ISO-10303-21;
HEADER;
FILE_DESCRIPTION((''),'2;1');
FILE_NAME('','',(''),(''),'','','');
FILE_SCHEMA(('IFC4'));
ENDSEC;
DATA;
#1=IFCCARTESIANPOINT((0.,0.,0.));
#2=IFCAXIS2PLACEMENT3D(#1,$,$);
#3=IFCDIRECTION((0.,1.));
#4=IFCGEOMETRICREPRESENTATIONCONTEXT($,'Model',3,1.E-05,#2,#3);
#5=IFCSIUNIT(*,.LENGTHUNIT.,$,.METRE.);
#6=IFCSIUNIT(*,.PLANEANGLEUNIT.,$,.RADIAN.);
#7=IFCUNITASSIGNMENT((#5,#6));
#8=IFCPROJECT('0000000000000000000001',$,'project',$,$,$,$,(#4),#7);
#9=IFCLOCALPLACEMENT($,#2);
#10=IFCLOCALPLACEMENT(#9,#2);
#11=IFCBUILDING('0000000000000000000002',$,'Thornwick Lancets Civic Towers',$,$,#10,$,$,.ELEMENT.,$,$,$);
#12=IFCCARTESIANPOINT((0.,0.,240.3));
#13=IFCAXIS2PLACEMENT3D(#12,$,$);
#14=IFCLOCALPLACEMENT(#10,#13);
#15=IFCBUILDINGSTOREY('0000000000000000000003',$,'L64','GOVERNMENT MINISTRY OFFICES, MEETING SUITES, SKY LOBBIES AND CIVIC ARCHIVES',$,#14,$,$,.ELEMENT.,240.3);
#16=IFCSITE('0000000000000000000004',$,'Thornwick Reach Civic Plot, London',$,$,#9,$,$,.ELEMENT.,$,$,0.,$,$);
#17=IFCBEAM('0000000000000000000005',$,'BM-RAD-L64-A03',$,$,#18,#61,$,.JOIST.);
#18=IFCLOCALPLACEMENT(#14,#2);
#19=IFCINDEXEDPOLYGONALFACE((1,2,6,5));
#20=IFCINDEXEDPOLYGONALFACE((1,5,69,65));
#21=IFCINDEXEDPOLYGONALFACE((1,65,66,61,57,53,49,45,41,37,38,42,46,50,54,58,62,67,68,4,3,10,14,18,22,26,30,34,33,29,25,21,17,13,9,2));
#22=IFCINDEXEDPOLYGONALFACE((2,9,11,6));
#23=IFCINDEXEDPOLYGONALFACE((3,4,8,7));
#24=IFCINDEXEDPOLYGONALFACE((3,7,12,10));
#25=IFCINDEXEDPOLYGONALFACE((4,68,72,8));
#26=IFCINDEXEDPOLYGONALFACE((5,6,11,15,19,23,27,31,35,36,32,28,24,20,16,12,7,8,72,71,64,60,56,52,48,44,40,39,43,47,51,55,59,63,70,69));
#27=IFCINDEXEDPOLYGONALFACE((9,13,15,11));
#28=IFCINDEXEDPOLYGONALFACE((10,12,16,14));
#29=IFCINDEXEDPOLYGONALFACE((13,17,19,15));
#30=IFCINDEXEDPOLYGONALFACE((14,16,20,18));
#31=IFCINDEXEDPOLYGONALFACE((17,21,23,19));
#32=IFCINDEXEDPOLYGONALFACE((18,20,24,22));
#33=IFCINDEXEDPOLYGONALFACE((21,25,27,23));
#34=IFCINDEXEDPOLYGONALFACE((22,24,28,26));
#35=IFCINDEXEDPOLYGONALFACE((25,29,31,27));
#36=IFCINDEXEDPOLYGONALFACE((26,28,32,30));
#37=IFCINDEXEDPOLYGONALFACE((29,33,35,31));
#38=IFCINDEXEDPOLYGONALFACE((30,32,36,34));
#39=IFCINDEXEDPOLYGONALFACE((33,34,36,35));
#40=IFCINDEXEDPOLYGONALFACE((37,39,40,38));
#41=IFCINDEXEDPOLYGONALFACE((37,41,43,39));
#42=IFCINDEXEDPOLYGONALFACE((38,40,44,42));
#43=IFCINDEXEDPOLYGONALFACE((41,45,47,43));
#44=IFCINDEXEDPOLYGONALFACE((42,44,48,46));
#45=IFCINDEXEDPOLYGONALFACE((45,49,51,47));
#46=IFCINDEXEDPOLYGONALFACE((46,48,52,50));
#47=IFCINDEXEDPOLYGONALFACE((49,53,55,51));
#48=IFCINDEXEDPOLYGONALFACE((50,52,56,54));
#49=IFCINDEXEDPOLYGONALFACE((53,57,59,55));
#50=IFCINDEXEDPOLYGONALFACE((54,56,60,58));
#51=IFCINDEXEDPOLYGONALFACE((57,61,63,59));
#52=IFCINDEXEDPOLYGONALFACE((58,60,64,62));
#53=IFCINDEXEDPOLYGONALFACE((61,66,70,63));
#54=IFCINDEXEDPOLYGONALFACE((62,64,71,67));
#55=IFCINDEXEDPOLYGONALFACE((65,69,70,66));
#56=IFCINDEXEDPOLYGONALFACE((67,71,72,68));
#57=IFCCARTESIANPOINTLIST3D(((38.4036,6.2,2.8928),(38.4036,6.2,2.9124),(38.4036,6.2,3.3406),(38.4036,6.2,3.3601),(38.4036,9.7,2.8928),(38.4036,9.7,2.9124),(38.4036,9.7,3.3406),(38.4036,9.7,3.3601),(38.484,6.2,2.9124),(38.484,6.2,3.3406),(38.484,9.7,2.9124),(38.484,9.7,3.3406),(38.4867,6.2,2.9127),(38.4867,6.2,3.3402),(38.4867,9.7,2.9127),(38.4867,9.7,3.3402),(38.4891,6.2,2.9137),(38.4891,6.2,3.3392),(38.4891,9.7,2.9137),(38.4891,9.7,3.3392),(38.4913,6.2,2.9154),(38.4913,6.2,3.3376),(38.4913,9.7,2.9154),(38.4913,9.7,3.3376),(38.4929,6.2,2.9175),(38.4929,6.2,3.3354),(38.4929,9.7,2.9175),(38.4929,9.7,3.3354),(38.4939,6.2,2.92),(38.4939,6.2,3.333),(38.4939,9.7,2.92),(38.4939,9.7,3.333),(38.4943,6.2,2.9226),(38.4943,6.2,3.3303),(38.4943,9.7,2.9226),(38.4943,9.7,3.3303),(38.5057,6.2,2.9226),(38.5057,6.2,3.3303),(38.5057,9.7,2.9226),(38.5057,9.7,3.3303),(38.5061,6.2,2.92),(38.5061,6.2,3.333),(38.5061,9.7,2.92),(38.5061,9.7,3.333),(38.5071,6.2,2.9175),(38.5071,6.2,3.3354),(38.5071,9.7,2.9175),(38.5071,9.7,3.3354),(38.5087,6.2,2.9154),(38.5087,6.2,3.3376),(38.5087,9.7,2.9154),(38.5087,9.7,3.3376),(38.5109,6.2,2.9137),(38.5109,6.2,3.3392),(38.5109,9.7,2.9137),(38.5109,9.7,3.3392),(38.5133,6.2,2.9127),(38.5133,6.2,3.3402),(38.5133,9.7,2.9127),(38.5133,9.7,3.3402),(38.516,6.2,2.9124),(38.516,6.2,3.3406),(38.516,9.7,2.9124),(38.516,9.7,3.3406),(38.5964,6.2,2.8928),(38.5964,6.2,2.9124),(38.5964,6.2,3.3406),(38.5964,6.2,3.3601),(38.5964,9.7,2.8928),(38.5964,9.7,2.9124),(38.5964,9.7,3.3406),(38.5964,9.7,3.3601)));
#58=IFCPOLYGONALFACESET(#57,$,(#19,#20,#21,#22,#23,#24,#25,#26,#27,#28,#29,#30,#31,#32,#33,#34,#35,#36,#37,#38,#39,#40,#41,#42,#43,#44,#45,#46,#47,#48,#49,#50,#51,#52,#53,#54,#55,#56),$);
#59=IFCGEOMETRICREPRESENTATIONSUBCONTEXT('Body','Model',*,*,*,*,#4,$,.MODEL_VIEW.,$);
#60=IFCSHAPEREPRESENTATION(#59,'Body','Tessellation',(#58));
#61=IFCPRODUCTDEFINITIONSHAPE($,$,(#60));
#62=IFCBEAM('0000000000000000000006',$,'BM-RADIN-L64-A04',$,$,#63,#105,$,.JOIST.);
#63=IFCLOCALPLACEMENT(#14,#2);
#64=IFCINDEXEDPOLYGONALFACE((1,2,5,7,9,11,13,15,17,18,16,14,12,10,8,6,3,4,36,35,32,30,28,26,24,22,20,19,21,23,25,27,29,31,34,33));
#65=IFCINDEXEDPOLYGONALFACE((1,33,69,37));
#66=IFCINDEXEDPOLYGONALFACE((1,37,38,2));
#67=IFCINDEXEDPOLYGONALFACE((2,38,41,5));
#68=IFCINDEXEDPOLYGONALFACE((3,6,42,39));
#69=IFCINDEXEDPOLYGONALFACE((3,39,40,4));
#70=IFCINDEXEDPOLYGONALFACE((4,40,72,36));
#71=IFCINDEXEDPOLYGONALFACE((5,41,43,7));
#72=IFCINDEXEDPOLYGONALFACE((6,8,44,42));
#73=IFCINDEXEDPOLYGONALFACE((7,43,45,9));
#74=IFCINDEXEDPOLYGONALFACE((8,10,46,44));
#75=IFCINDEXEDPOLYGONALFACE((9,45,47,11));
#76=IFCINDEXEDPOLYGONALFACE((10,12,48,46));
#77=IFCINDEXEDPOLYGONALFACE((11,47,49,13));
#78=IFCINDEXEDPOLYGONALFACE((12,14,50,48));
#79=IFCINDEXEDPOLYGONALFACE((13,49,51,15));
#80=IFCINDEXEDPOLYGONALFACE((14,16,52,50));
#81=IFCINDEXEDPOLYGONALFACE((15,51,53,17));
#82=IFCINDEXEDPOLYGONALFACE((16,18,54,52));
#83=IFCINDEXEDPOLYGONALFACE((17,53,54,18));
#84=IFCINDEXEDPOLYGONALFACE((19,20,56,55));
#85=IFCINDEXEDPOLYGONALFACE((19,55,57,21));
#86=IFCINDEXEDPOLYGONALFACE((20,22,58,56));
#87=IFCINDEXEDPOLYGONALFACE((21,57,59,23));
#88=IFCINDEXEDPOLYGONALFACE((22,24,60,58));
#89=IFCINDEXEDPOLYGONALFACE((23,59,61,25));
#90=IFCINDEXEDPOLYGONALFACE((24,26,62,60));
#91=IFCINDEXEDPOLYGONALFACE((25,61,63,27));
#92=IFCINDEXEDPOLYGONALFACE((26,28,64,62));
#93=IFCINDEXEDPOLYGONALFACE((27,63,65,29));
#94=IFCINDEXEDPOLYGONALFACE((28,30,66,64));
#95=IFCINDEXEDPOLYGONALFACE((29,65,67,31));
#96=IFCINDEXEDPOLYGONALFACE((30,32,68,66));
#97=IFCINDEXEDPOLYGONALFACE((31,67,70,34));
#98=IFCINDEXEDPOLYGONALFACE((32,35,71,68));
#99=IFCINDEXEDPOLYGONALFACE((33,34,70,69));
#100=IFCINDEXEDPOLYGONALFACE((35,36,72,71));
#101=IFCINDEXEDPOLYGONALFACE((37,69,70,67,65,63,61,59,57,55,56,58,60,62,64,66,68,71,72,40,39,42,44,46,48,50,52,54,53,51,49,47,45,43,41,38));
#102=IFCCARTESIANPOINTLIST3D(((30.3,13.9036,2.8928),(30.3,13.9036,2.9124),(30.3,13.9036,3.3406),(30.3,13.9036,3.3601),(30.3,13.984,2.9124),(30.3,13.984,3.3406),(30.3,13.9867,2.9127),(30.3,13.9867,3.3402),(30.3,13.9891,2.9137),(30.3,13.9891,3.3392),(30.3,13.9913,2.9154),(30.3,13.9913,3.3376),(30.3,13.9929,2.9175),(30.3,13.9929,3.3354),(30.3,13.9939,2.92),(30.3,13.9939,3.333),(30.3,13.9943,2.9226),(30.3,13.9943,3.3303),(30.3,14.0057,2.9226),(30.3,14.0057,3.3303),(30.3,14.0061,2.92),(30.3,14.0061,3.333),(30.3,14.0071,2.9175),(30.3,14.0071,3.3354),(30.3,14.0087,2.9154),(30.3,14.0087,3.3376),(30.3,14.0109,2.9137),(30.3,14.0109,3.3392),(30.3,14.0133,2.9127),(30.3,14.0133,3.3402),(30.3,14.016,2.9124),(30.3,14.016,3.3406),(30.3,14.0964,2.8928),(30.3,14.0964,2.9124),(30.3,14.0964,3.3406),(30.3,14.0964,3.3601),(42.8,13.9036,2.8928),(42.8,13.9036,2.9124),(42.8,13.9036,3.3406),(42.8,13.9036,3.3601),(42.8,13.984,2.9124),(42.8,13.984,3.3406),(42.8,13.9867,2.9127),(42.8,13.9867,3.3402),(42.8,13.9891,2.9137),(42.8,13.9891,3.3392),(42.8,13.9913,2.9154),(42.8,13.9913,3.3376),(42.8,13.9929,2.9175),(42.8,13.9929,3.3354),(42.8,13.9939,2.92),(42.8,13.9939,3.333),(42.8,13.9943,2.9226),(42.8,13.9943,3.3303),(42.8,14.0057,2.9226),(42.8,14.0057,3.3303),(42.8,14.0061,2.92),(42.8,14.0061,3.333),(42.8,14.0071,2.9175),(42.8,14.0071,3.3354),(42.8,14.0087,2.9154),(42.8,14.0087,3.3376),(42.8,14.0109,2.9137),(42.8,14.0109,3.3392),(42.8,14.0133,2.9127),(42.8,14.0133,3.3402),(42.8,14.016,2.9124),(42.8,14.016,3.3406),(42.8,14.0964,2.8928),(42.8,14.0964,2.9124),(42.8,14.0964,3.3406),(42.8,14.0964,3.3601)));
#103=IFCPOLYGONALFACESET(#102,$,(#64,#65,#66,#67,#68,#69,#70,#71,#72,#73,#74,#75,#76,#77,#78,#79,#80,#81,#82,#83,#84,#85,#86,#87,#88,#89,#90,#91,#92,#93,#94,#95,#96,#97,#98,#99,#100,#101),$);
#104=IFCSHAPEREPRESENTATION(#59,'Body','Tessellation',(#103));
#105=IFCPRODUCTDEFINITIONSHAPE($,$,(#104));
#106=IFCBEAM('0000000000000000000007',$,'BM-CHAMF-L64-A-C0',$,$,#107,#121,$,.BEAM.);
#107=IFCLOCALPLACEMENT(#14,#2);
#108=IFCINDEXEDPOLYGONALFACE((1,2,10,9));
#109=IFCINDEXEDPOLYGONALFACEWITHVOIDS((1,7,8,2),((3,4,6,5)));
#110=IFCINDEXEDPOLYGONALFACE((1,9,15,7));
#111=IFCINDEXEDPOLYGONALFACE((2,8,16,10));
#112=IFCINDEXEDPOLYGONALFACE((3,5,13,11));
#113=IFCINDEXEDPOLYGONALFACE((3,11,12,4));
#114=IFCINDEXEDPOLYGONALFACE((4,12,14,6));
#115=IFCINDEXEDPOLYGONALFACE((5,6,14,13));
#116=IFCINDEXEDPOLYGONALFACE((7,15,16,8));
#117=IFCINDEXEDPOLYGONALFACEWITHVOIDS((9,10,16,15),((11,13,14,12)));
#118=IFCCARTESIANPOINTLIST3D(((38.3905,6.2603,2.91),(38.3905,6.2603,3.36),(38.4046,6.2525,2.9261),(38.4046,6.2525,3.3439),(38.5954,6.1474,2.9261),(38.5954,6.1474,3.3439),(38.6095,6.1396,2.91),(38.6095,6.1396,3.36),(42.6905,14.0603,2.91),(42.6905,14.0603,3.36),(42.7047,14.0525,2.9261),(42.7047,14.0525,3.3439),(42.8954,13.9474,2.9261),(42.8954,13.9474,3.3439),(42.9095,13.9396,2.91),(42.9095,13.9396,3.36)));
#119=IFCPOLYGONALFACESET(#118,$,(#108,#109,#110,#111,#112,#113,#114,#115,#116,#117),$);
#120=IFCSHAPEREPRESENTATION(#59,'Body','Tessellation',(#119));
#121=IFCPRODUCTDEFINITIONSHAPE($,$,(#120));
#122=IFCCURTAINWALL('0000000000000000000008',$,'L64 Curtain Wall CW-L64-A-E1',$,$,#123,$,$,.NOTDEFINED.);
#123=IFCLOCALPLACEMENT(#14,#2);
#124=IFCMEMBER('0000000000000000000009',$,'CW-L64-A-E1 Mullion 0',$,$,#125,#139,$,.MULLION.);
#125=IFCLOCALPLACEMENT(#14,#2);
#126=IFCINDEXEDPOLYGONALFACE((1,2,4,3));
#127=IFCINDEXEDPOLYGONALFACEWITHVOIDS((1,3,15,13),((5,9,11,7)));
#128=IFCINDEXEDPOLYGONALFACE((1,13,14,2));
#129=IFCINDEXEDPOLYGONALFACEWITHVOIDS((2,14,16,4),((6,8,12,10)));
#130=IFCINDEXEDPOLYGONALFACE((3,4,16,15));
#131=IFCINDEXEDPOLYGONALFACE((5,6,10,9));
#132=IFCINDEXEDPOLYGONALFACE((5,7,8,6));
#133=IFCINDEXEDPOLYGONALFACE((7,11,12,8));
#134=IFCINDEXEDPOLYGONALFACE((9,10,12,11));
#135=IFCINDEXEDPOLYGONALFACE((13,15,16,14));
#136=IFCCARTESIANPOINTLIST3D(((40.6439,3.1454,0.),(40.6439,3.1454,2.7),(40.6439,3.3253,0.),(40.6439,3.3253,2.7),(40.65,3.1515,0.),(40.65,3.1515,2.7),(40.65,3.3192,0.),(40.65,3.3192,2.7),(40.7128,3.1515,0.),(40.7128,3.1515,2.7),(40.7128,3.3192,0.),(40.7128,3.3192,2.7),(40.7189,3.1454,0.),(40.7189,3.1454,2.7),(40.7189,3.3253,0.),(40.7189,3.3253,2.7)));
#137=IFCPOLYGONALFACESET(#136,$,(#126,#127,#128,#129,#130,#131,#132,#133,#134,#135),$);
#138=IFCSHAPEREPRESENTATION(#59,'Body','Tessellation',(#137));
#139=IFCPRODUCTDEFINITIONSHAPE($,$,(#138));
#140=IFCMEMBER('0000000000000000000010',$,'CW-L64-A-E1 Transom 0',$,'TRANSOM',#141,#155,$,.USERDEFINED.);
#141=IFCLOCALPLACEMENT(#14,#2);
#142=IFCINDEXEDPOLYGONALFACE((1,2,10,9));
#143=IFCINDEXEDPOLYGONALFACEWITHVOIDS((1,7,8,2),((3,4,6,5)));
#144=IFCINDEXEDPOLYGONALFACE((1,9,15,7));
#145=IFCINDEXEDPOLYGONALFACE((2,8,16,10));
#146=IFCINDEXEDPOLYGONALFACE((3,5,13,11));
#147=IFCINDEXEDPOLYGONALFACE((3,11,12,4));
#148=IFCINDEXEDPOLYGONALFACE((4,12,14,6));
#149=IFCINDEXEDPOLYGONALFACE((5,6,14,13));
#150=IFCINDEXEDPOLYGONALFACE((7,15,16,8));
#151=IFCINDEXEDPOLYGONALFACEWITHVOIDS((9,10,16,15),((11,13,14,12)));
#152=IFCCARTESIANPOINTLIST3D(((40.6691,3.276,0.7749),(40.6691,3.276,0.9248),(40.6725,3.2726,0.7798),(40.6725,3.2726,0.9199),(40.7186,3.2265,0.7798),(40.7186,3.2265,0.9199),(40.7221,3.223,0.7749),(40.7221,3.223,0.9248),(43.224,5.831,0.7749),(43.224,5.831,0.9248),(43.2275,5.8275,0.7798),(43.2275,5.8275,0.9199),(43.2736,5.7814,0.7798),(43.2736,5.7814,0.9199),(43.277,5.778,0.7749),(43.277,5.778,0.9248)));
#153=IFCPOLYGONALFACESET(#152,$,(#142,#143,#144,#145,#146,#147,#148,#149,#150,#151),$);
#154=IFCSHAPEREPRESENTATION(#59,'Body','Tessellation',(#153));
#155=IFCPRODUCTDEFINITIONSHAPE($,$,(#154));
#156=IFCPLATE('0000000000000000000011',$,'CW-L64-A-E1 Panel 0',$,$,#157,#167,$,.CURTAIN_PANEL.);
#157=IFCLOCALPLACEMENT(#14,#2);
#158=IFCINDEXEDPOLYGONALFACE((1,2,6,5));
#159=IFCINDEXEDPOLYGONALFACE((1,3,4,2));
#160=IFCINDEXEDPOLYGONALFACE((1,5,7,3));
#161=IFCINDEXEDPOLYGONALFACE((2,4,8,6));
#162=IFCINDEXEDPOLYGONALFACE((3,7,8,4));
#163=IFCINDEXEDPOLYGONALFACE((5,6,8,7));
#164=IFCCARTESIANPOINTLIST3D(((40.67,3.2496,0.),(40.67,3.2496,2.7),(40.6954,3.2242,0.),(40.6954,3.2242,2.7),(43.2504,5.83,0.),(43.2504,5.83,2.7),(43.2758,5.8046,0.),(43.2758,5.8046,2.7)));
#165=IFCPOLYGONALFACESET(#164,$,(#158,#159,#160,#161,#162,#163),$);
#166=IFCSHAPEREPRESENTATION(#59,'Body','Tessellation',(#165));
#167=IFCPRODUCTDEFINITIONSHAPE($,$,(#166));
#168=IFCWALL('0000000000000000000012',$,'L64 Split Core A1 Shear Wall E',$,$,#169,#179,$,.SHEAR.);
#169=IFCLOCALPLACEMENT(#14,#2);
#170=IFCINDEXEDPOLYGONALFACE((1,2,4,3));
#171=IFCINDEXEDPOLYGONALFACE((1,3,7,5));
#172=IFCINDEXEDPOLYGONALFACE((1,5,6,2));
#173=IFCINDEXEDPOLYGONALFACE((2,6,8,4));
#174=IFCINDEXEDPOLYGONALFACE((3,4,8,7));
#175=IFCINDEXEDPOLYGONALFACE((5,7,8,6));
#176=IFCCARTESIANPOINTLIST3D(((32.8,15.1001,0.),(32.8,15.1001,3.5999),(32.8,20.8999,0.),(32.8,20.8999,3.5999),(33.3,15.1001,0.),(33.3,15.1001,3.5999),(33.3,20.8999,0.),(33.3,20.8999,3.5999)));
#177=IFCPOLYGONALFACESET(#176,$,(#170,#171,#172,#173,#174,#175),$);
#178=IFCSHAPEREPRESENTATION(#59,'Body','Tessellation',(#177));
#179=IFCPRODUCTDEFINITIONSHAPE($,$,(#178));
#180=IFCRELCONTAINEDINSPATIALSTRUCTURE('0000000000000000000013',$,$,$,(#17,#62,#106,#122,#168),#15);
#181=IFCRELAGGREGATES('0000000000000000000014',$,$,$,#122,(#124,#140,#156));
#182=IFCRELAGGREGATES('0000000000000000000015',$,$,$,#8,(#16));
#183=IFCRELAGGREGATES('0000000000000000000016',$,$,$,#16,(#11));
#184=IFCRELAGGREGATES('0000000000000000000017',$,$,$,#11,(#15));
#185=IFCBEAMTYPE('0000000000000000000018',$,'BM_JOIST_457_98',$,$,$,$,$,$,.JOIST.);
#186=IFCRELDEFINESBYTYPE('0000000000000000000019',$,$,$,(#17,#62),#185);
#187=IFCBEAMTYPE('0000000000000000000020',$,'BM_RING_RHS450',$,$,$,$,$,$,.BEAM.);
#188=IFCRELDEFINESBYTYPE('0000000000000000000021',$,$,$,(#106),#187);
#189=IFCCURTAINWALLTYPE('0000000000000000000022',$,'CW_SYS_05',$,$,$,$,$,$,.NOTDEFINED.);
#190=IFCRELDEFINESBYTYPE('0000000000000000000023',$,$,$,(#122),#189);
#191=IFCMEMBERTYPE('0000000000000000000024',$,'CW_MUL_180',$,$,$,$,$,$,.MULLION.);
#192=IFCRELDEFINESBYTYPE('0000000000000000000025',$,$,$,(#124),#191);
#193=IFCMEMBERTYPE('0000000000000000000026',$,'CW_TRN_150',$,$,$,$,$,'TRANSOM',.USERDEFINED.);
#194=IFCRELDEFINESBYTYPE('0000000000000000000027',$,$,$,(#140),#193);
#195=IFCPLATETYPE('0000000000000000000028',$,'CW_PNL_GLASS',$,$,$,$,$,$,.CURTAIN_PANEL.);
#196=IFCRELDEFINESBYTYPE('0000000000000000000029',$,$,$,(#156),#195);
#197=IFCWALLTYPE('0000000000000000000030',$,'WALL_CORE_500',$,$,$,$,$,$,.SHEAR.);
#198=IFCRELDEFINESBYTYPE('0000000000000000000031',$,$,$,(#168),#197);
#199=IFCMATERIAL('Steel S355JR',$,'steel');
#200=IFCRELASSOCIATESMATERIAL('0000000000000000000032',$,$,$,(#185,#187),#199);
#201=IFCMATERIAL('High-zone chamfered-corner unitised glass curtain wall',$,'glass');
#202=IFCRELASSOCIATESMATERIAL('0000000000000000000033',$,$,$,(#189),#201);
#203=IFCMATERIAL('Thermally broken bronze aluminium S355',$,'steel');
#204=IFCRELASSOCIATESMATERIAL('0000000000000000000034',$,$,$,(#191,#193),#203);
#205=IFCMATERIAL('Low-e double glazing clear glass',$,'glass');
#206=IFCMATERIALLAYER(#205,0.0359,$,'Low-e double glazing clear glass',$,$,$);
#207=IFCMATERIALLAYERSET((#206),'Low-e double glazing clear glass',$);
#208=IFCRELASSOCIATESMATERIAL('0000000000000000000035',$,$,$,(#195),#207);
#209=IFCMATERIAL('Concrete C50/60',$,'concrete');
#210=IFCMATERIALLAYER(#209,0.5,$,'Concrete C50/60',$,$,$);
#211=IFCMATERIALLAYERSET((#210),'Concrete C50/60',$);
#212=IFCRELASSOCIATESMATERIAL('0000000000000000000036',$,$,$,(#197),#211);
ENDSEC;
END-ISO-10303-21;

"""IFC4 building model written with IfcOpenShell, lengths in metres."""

from ifc_helpers import new_model, si_unit, direction, frame, frame_2d, origin, origin_2d, place, context, subcontext, project, spatial, rectangle, hollow_rectangle, i_section, extrude, material, layer, layer_set, material_profile, profile_set, type_object, element, aggregate, save


model = new_model("IFC4")

# Units and contexts
model_context = context("Model", 3, precision=1e-05, world=origin(), true_north=direction((0.0, 1.0)))
body_context = subcontext(model_context, "Body", "Model", "MODEL_VIEW")
ifc_project = project(units=[si_unit("LENGTHUNIT", "METRE"), si_unit("PLANEANGLEUNIT", "RADIAN")], contexts=[model_context])

# Site, building, storey
site_placement = place(None, origin())
site = spatial("IfcSite", under=ifc_project, at=site_placement, Name="Thornwick Reach Civic Plot, London", CompositionType="ELEMENT", RefElevation=0.0)
building_placement = place(site_placement, origin())
building = spatial("IfcBuilding", under=site, at=building_placement, Name="Thornwick Lancets Civic Towers", CompositionType="ELEMENT")
storey_placement = place(building_placement, frame((0.0, 0.0, 240.3)))
storey = spatial("IfcBuildingStorey", under=building, at=storey_placement, Name="L64", Description="GOVERNMENT MINISTRY OFFICES, MEETING SUITES, SKY LOBBIES AND CIVIC ARCHIVES", CompositionType="ELEMENT", Elevation=240.3)

# Shared definitions
ifc_material_1 = material(Name="Concrete C50/60", Category="concrete")
ifc_material_2 = material(Name="Steel S355JR", Category="steel")

# Beams
ifc_material_profile_1 = material_profile(ifc_material_2, i_section(OverallWidth=0.1929, OverallDepth=0.4673, WebThickness=0.0115, FlangeThickness=0.0195, FilletRadius=0.0103, at=origin_2d()), Name="UKB 457x191x98")
ifc_profile_set_1 = profile_set([ifc_material_profile_1], Name="Steel S355JR")
beam_type_1 = type_object("IfcBeamType", Name="BM_JOIST_457_98", PredefinedType="JOIST", material=ifc_profile_set_1)
beam_1_placement = place(storey_placement, frame((38.5, 9.7, 3.1265), z_axis=(0.0, -1.0, 0.0), x_axis=(1.0, 0.0, 0.0)))
element("IfcBeam", 1, at=beam_1_placement, inside=storey, type_object=beam_type_1, Name="BM-RAD-L64-A03", PredefinedType="JOIST", context=body_context, shape_type="SweptSolid", body=[
    extrude(i_section(OverallWidth=0.1929, OverallDepth=0.4673, WebThickness=0.0115, FlangeThickness=0.0195, FilletRadius=0.0103, at=origin_2d()), origin(), (0.0, 0.0, 1.0), 3.5),
])
beam_2_placement = place(storey_placement, frame((30.3, 14.0, 3.1265), z_axis=(1.0, 0.0, 0.0), x_axis=(0.0, 1.0, 0.0)))
element("IfcBeam", 2, at=beam_2_placement, inside=storey, type_object=beam_type_1, Name="BM-RADIN-L64-A04", PredefinedType="JOIST", context=body_context, shape_type="SweptSolid", body=[
    extrude(i_section(OverallWidth=0.1929, OverallDepth=0.4673, WebThickness=0.0115, FlangeThickness=0.0195, FilletRadius=0.0103, at=origin_2d()), origin(), (0.0, 0.0, 1.0), 12.5),
])
ifc_material_profile_2 = material_profile(ifc_material_2, hollow_rectangle(XDim=0.25, YDim=0.45, WallThickness=0.0161, at=origin_2d()), Name="RHS 450x250x16")
ifc_profile_set_2 = profile_set([ifc_material_profile_2], Name="Steel S355JR")
beam_type_2 = type_object("IfcBeamType", Name="BM_RING_RHS450", PredefinedType="BEAM", material=ifc_profile_set_2)
beam_3_placement = place(storey_placement, frame((38.5, 6.2, 3.135), z_axis=(0.482782, 0.87574, 0.0), x_axis=(-0.87574, 0.482782, 0.0)))
element("IfcBeam", 3, at=beam_3_placement, inside=storey, type_object=beam_type_2, Name="BM-CHAMF-L64-A-C0", PredefinedType="BEAM", context=body_context, shape_type="SweptSolid", body=[
    extrude(hollow_rectangle(XDim=0.25, YDim=0.45, WallThickness=0.0161, at=origin_2d()), origin(), (0.0, 0.0, 1.0), 8.9067),
])

# Curtain wall, members, plate
ifc_material_3 = material(Name="High-zone chamfered-corner unitised glass curtain wall", Category="glass")
curtain_wall_type = type_object("IfcCurtainWallType", Name="CW_SYS_05", PredefinedType="NOTDEFINED", material=ifc_material_3)
curtain_wall_placement = place(storey_placement, origin())
curtain_wall = element("IfcCurtainWall", 4, at=curtain_wall_placement, inside=storey, type_object=curtain_wall_type, Name="L64 Curtain Wall CW-L64-A-E1", PredefinedType="NOTDEFINED")
ifc_material_4 = material(Name="Thermally broken bronze aluminium S355", Category="steel")
ifc_material_profile_3 = material_profile(ifc_material_4, hollow_rectangle(XDim=0.075, YDim=0.1799, WallThickness=0.0061, at=origin_2d()), Name="RHS 180x75x6")
ifc_profile_set_3 = profile_set([ifc_material_profile_3], Name="Thermally broken bronze aluminium S355")
member_type_1 = type_object("IfcMemberType", Name="CW_MUL_180", PredefinedType="MULLION", material=ifc_profile_set_3)
member_1_placement = place(storey_placement, frame((40.6814, 3.2354, 0.0), z_axis=(0.0, 0.0, 1.0), x_axis=(1.0, 0.0, 0.0)))
member_1 = element("IfcMember", 5, at=member_1_placement, type_object=member_type_1, Name="CW-L64-A-E1 Mullion 0", PredefinedType="MULLION", context=body_context, shape_type="SweptSolid", body=[
    extrude(hollow_rectangle(XDim=0.075, YDim=0.1799, WallThickness=0.0061, at=origin_2d()), origin(), (0.0, 0.0, 1.0), 2.7),
])
ifc_material_profile_4 = material_profile(ifc_material_4, hollow_rectangle(XDim=0.075, YDim=0.1499, WallThickness=0.0049, at=origin_2d()), Name="RHS 150x75x5")
ifc_profile_set_4 = profile_set([ifc_material_profile_4], Name="Thermally broken bronze aluminium S355")
member_type_2 = type_object("IfcMemberType", Name="CW_TRN_150", ElementType="TRANSOM", PredefinedType="USERDEFINED", material=ifc_profile_set_4)
member_2_placement = place(storey_placement, frame((40.6956, 3.2495, 0.8499), z_axis=(0.707107, 0.707107, 0.0), x_axis=(-0.707107, 0.707107, 0.0)))
member_2 = element("IfcMember", 6, at=member_2_placement, type_object=member_type_2, Name="CW-L64-A-E1 Transom 0", ObjectType="TRANSOM", PredefinedType="USERDEFINED", context=body_context, shape_type="SweptSolid", body=[
    extrude(hollow_rectangle(XDim=0.075, YDim=0.1499, WallThickness=0.0049, at=origin_2d()), origin(), (0.0, 0.0, 1.0), 3.6133),
])
ifc_material_5 = material(Name="Low-e double glazing clear glass", Category="glass")
ifc_layer_1 = layer(ifc_material_5, 0.0359, Name="Low-e double glazing clear glass")
ifc_layer_set_1 = layer_set([ifc_layer_1], Name="Low-e double glazing clear glass")
plate_type = type_object("IfcPlateType", Name="CW_PNL_GLASS", PredefinedType="CURTAIN_PANEL", material=ifc_layer_set_1)
plate_placement = place(storey_placement, frame((41.9729, 4.5271, 0.0), z_axis=(0.0, 0.0, 1.0), x_axis=(0.707107, 0.707107, 0.0)))
plate = element("IfcPlate", 7, at=plate_placement, type_object=plate_type, Name="CW-L64-A-E1 Panel 0", PredefinedType="CURTAIN_PANEL", context=body_context, shape_type="SweptSolid", body=[
    extrude(rectangle(XDim=3.6492, YDim=0.0359, at=origin_2d()), origin(), (0.0, 0.0, 1.0), 2.7),
])
aggregate(curtain_wall, [member_1, member_2, plate])

# Wall
ifc_layer_2 = layer(ifc_material_1, 0.5, Name="Concrete C50/60")
ifc_layer_set_2 = layer_set([ifc_layer_2], Name="Concrete C50/60")
wall_type_1 = type_object("IfcWallType", Name="WALL_CORE_500", PredefinedType="SHEAR", material=ifc_layer_set_2)
wall_1_placement = place(storey_placement, frame((33.05, 15.1001, 0.0), z_axis=(0.0, 0.0, 1.0), x_axis=(0.0, 1.0, 0.0)))
element("IfcWall", 8, at=wall_1_placement, inside=storey, type_object=wall_type_1, Name="L64 Split Core A1 Shear Wall E", PredefinedType="SHEAR", context=body_context, shape_type="SweptSolid", body=[
    extrude(rectangle(XDim=5.7998, YDim=0.5, at=frame_2d((2.8999, 0.0))), origin(), (0.0, 0.0, 1.0), 3.5999),
])

save(model, "model.ifc")
